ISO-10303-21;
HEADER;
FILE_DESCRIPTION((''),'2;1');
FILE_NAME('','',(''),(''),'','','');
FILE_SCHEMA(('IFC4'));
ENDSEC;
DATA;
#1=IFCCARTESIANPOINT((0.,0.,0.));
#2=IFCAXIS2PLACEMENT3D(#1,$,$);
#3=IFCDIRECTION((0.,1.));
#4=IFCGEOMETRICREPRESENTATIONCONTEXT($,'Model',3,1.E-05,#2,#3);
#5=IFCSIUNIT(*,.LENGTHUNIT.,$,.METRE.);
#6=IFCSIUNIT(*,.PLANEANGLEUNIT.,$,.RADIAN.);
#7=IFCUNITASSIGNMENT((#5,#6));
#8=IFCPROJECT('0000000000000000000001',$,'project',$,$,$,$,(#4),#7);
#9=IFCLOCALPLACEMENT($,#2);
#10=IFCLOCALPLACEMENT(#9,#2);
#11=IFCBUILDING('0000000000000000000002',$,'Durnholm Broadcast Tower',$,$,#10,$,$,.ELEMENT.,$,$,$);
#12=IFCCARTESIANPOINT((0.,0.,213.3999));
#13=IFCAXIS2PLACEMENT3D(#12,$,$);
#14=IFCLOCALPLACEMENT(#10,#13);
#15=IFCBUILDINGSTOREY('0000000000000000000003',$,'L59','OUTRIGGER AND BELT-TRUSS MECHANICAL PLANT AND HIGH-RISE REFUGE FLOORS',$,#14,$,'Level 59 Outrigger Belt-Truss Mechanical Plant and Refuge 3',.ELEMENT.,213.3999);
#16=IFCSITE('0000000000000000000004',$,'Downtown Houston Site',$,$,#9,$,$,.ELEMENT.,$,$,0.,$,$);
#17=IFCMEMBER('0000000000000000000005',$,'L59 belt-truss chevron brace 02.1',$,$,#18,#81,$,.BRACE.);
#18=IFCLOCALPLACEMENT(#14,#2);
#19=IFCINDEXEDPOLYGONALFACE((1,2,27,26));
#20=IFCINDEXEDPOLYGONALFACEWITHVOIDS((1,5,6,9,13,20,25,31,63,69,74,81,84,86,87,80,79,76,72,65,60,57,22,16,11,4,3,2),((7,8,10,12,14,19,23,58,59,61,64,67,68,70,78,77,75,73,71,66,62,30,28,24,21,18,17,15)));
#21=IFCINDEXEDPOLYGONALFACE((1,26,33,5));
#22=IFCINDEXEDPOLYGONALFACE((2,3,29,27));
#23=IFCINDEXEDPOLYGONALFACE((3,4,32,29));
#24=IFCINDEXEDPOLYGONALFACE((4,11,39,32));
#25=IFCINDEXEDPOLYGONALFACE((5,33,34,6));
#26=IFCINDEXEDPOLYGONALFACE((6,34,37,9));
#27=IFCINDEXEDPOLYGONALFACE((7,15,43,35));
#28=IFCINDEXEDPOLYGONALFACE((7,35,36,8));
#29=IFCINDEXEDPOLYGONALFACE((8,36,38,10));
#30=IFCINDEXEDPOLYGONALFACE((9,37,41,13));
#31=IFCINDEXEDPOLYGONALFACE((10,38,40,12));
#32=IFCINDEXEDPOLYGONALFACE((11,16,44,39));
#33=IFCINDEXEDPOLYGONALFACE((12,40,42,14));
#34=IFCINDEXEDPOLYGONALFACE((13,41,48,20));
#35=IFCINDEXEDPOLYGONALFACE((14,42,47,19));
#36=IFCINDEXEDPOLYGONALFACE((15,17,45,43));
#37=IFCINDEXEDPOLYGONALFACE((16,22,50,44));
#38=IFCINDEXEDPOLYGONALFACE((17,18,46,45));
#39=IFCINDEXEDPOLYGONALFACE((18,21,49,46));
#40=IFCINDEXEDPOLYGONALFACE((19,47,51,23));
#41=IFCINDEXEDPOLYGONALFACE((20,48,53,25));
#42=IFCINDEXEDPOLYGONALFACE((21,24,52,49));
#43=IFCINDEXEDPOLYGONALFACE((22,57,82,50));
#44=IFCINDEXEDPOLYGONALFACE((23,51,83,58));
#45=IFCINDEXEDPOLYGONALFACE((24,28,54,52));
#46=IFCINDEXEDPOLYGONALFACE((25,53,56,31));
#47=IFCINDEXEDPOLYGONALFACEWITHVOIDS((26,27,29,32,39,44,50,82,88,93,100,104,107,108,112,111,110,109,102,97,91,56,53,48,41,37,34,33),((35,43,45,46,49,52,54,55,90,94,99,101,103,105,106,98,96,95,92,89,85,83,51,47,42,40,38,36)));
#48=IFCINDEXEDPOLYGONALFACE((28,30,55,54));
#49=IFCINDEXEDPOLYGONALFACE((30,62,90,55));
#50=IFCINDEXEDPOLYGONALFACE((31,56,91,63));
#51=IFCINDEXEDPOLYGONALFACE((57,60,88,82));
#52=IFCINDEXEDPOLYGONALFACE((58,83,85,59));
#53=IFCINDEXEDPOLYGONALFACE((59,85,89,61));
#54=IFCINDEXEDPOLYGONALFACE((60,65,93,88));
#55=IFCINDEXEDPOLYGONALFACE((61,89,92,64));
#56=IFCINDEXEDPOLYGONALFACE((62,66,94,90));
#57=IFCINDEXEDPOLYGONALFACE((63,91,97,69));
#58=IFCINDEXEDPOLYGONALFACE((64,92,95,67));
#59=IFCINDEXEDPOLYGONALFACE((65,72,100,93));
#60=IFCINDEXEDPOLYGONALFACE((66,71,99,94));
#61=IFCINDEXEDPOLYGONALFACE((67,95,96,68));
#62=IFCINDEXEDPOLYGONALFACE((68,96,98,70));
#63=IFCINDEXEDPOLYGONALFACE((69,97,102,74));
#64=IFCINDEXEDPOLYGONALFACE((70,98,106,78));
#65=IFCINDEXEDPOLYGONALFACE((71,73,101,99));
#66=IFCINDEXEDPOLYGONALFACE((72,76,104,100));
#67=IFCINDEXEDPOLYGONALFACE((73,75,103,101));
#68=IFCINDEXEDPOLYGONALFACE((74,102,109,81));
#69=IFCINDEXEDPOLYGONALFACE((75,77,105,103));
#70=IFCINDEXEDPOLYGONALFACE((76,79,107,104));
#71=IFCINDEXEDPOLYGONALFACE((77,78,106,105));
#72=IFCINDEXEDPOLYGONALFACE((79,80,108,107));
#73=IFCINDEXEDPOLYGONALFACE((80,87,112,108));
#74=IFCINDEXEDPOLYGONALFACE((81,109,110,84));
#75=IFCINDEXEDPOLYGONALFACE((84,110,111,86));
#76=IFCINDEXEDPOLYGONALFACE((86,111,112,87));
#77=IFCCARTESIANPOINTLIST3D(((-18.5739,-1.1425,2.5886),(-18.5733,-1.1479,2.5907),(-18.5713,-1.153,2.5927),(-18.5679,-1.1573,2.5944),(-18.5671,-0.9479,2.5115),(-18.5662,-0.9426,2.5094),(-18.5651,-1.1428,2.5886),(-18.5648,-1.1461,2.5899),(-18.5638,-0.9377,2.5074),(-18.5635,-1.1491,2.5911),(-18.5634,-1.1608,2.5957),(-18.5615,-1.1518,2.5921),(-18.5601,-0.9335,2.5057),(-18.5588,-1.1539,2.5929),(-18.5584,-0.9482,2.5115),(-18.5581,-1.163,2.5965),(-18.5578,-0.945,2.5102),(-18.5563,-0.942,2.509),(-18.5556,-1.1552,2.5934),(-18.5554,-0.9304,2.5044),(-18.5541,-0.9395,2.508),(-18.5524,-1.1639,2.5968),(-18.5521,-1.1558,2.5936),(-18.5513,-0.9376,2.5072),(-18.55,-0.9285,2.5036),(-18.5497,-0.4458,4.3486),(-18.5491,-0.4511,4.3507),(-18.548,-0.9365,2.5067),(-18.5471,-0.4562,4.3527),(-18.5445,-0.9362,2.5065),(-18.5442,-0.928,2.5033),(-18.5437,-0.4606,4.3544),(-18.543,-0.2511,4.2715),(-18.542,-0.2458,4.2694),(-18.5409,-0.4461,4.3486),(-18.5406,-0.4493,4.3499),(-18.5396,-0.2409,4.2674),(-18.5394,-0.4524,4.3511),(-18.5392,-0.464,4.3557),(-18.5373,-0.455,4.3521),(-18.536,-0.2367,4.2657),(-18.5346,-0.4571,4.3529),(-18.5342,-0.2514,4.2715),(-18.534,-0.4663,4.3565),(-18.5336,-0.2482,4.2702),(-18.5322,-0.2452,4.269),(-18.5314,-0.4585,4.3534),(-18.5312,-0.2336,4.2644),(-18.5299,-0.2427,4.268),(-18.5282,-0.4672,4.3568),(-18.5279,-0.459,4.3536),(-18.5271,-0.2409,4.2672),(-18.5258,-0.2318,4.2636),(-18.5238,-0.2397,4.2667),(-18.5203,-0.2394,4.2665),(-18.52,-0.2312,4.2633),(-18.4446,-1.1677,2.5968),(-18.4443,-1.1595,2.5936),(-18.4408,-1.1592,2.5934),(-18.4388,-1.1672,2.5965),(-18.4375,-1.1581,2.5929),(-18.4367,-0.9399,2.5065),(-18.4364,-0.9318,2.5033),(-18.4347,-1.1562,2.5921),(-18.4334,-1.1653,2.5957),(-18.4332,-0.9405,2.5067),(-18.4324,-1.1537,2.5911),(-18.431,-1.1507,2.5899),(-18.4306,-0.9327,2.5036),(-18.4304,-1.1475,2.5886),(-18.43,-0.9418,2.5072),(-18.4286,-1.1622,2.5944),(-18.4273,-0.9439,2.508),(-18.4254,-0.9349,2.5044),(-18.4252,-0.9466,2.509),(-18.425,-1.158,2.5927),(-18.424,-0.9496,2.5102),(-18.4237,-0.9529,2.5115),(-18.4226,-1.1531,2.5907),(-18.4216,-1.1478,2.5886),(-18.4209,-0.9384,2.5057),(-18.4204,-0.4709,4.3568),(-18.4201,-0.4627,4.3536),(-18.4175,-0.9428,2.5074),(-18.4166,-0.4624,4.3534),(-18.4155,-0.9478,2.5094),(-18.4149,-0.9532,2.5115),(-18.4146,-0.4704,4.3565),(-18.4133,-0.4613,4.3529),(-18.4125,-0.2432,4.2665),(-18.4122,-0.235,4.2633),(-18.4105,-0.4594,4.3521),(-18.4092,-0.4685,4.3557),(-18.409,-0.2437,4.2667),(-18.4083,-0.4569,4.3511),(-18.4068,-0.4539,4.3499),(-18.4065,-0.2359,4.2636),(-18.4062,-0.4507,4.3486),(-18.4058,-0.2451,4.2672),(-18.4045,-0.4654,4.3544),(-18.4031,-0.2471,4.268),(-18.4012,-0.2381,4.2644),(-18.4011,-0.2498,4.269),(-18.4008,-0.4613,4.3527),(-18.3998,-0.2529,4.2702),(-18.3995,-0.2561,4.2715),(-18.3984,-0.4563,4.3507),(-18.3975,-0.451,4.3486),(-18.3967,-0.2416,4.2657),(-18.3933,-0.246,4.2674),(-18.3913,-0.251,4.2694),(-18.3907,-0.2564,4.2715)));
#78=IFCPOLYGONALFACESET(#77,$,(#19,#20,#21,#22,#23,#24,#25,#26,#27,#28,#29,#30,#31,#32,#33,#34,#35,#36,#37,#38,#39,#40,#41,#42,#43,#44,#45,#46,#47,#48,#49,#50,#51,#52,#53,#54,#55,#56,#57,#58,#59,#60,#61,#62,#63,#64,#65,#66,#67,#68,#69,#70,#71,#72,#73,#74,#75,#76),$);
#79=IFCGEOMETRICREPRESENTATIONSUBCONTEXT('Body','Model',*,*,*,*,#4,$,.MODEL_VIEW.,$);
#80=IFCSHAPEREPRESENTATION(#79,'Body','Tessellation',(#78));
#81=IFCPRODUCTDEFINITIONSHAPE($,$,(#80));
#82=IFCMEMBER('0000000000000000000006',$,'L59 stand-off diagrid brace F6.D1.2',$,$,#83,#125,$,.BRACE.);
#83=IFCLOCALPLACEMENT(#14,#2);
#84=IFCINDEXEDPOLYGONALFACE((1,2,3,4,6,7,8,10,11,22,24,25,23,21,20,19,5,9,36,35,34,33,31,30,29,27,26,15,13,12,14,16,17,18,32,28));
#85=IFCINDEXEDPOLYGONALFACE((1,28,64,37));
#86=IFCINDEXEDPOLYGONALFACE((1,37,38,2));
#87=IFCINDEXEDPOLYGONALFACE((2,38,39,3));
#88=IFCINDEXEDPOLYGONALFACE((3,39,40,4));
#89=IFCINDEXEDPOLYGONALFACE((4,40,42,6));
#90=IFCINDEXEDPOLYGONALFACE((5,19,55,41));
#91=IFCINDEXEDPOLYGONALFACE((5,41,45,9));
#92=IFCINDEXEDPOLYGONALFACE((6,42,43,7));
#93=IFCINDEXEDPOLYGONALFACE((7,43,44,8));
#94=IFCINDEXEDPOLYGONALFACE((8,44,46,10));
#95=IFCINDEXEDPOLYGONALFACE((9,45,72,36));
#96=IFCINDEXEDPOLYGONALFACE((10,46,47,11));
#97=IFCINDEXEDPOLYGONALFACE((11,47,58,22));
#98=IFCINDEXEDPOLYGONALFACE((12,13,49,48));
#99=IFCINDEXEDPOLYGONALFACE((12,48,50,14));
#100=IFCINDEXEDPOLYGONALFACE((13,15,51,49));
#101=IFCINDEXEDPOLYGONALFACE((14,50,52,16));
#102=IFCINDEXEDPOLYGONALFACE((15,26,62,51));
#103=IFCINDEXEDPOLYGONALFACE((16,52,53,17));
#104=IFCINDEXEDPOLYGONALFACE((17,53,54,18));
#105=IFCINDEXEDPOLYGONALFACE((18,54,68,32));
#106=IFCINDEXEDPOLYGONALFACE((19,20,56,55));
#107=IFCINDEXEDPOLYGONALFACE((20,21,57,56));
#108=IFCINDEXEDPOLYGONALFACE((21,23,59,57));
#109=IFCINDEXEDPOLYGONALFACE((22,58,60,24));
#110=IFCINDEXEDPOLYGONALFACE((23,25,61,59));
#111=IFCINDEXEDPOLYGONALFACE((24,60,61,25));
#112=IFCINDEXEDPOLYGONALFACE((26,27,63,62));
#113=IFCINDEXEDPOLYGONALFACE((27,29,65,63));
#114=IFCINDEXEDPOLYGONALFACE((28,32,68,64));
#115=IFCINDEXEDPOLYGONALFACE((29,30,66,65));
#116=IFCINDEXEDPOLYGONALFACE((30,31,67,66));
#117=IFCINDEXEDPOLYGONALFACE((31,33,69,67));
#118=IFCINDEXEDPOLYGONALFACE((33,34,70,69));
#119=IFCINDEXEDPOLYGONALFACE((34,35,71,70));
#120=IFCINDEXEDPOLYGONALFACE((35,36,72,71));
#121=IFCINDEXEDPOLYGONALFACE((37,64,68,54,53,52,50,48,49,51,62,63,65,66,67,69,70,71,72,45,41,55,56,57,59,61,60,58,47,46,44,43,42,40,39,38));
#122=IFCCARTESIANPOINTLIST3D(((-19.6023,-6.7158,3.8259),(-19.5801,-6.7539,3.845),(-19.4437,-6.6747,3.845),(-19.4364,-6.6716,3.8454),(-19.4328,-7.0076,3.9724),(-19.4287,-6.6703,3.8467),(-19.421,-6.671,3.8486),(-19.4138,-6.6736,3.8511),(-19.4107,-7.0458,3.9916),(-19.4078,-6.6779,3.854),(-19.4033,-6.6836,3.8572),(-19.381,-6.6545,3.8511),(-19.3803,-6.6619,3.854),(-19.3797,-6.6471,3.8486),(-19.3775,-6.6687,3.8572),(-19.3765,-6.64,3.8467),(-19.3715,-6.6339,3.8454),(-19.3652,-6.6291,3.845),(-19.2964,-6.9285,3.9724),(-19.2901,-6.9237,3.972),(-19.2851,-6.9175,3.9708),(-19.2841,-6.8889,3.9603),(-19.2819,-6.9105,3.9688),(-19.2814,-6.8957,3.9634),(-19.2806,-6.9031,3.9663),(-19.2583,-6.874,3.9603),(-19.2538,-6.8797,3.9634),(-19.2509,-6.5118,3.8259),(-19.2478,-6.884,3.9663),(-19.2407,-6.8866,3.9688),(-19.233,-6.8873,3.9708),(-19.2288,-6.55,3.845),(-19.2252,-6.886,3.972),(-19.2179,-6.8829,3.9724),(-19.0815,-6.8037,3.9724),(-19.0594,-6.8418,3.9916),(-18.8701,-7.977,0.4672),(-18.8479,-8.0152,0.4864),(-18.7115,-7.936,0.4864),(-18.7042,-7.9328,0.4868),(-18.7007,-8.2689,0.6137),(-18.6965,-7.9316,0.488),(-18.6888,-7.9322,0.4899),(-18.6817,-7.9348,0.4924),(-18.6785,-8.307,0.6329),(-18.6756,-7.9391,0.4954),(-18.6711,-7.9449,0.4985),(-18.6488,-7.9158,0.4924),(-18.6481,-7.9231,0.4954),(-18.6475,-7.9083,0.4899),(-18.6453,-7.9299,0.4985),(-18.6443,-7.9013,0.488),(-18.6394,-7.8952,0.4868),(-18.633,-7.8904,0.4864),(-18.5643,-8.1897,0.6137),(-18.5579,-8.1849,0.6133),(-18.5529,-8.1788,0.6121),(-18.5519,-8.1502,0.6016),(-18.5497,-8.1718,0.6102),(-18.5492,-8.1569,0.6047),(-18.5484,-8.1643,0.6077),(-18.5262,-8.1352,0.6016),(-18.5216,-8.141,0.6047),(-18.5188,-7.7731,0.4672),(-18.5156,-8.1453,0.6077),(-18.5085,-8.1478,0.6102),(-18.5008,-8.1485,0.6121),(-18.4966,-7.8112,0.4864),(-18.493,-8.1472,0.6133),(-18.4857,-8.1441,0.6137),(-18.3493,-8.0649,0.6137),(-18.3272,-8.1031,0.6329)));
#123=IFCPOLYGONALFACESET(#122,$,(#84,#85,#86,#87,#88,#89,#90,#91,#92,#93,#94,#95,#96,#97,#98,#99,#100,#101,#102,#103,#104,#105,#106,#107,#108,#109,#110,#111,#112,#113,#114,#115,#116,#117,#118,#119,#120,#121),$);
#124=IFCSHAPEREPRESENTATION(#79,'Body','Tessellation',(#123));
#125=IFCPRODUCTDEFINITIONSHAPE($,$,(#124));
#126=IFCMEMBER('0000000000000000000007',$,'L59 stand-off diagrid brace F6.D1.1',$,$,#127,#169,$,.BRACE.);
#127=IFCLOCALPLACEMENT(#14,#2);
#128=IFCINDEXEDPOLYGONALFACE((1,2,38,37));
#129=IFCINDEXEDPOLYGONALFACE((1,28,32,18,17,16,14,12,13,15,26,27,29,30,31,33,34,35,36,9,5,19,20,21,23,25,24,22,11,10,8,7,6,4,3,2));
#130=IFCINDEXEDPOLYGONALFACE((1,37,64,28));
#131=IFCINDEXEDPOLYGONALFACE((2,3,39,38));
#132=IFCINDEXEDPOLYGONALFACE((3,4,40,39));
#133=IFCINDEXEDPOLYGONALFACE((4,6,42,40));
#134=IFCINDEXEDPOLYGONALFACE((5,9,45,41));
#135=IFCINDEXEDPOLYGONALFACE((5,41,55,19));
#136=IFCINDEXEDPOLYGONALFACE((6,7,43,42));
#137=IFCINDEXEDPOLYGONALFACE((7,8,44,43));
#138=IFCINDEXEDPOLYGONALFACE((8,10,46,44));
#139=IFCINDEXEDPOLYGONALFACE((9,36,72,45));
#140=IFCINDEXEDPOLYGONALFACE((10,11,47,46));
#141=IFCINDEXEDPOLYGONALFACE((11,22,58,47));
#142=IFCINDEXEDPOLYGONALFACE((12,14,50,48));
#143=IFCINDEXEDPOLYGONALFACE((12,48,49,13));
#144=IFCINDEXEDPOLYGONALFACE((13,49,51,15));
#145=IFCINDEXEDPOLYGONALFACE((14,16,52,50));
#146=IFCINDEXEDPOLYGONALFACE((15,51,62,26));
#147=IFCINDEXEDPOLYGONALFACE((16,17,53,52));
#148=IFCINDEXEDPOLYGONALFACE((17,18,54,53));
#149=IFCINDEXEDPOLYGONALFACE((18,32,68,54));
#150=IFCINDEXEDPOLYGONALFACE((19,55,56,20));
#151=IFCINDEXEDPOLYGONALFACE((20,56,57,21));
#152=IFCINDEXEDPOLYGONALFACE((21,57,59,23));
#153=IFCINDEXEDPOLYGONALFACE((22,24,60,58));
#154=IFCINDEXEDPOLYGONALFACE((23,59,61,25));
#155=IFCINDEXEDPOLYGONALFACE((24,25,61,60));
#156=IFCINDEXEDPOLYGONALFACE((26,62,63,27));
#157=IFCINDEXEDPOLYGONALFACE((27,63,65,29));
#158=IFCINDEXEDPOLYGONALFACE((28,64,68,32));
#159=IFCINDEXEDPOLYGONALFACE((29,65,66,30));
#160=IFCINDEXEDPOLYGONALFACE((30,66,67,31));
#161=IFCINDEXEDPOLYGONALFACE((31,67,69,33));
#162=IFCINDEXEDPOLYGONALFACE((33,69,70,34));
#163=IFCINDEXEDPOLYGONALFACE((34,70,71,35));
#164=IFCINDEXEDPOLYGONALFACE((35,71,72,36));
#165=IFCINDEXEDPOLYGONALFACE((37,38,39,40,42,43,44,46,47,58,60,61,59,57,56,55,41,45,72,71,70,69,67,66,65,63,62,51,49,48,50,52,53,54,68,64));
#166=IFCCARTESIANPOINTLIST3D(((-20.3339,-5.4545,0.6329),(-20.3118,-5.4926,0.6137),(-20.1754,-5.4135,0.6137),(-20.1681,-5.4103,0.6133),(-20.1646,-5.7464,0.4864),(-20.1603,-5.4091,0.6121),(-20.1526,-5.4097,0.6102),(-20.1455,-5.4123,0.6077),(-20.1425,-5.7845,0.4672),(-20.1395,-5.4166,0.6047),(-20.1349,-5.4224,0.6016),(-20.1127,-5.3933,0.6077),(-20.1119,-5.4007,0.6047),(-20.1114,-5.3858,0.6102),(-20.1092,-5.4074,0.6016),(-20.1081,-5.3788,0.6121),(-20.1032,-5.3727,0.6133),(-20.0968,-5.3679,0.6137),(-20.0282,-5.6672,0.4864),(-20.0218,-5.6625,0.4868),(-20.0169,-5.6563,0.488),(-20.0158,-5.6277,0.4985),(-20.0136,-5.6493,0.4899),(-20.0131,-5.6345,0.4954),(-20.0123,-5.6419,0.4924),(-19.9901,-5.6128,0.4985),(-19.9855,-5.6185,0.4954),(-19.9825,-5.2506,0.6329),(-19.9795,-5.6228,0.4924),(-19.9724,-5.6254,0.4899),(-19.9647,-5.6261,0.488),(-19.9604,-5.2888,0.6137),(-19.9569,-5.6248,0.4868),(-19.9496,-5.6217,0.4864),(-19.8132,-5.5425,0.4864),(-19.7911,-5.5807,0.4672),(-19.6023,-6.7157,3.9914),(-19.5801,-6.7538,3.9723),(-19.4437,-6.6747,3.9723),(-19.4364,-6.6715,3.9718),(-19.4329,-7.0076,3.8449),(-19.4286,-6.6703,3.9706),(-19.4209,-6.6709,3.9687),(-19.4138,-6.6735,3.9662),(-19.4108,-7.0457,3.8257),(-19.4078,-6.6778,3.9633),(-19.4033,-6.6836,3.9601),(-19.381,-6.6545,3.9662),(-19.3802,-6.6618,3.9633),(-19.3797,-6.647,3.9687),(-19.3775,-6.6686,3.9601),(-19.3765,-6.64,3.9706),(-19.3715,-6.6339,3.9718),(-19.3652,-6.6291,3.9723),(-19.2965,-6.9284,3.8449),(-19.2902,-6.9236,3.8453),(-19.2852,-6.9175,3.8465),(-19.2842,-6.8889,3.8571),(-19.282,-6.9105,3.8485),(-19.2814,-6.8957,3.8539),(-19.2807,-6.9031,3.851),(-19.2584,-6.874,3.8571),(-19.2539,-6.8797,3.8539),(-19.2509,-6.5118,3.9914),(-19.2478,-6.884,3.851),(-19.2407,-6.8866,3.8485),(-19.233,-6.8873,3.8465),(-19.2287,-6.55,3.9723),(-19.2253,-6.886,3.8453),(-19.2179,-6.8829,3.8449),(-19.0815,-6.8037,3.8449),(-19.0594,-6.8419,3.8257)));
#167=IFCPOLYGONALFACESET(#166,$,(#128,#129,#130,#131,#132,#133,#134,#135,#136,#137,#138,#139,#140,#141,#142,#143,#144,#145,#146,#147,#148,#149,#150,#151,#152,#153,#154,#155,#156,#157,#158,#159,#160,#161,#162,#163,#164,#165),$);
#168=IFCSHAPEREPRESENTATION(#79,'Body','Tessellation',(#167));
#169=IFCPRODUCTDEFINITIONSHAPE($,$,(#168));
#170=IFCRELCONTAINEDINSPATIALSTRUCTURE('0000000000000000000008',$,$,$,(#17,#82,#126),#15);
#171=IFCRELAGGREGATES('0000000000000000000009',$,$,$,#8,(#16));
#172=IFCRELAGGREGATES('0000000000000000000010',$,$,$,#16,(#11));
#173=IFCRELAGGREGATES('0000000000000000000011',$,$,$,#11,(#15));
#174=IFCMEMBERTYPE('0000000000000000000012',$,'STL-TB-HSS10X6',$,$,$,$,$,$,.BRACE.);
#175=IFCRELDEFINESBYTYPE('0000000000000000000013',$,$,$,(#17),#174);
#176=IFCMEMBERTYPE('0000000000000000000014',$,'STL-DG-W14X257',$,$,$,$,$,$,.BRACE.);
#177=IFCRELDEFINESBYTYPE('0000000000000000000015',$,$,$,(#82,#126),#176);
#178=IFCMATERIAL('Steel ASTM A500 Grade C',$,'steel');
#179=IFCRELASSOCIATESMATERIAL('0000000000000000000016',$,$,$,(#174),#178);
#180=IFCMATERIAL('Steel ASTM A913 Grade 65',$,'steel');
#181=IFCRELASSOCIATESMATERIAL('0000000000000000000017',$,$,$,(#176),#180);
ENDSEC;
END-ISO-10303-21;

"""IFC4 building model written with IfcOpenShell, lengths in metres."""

from ifc_helpers import new_model, si_unit, direction, frame, origin, origin_2d, place, context, subcontext, project, spatial, hollow_rectangle, i_section, extrude, source, transform, mapped, material, material_profile, profile_set, type_object, type_shapes, element, save


model = new_model("IFC4")

# Units and contexts
model_context = context("Model", 3, precision=1e-05, world=origin(), true_north=direction((0.0, 1.0)))
body_context = subcontext(model_context, "Body", "Model", "MODEL_VIEW")
ifc_project = project(units=[si_unit("LENGTHUNIT", "METRE"), si_unit("PLANEANGLEUNIT", "RADIAN")], contexts=[model_context])

# Site, building, storey
site_placement = place(None, origin())
site = spatial("IfcSite", under=ifc_project, at=site_placement, Name="Downtown Houston Site", CompositionType="ELEMENT", RefElevation=0.0)
building_placement = place(site_placement, origin())
building = spatial("IfcBuilding", under=site, at=building_placement, Name="Durnholm Broadcast Tower", CompositionType="ELEMENT")
storey_placement = place(building_placement, frame((0.0, 0.0, 213.3999)))
storey = spatial("IfcBuildingStorey", under=building, at=storey_placement, Name="L59", Description="OUTRIGGER AND BELT-TRUSS MECHANICAL PLANT AND HIGH-RISE REFUGE FLOORS", LongName="Level 59 Outrigger Belt-Truss Mechanical Plant and Refuge 3", CompositionType="ELEMENT", Elevation=213.3999)

# Members
ifc_material_1 = material(Name="Steel ASTM A500 Grade C", Category="steel")
ifc_material_profile_1 = material_profile(ifc_material_1, hollow_rectangle(XDim=0.1523, YDim=0.2539, WallThickness=0.0088, InnerFilletRadius=0.0134, OuterFilletRadius=0.0222, at=origin_2d()), Name="HSS10X6X3/8")
ifc_profile_set_1 = profile_set([ifc_material_profile_1], Name="Steel ASTM A500 Grade C")
member_type_1 = type_object("IfcMemberType", Name="STL-TB-HSS10X6", PredefinedType="BRACE", material=ifc_profile_set_1)
shared_shape_1 = source(origin(), body_context, "Body", "SweptSolid", [
    extrude(hollow_rectangle(XDim=0.1523, YDim=0.2539, WallThickness=0.0088, InnerFilletRadius=0.0134, OuterFilletRadius=0.0222, at=origin_2d()), origin(), (0.0, 0.0, 1.0), 1.8931),
])
type_shapes(member_type_1, [shared_shape_1])
member_1_placement = place(storey_placement, frame((-18.4944, -1.0479, 2.55), z_axis=(0.012768, 0.368067, 0.929712), x_axis=(-0.999399, 0.034667, 0.0)))
element("IfcMember", 1, at=member_1_placement, inside=storey, type_object=member_type_1, Name="L59 belt-truss chevron brace 02.1", PredefinedType="BRACE", context=body_context, shape_type="MappedRepresentation", body=[
    mapped(shared_shape_1, transform((0.0, 0.0, 0.0), x_axis=(1.0, 0.0, 0.0), y_axis=(0.0, 1.0, 0.0), z_axis=(0.0, 0.0, 1.0), scale=1.0)),
])
ifc_material_2 = material(Name="Steel ASTM A913 Grade 65", Category="steel")
ifc_material_profile_2 = material_profile(ifc_material_2, i_section(OverallWidth=0.4062, OverallDepth=0.416, WebThickness=0.0298, FlangeThickness=0.0481, FilletRadius=0.0305, at=origin_2d()), Name="W14X257")
ifc_profile_set_2 = profile_set([ifc_material_profile_2], Name="Steel ASTM A913 Grade 65")
member_type_2 = type_object("IfcMemberType", Name="STL-DG-W14X257", PredefinedType="BRACE", material=ifc_profile_set_2)
shared_shape_2 = source(origin(), body_context, "Body", "SweptSolid", [
    extrude(i_section(OverallWidth=0.4062, OverallDepth=0.416, WebThickness=0.0298, FlangeThickness=0.0481, FilletRadius=0.0305, at=origin_2d()), origin(), (0.0, 0.0, 1.0), 3.6616),
])
member_2_placement = place(storey_placement, frame((-18.5986, -8.04, 0.55), z_axis=(-0.199962, 0.344449, 0.917263), x_axis=(-0.864833, -0.502059, 0.0)))
element("IfcMember", 2, at=member_2_placement, inside=storey, type_object=member_type_2, Name="L59 stand-off diagrid brace F6.D1.2", PredefinedType="BRACE", context=body_context, shape_type="MappedRepresentation", body=[
    mapped(shared_shape_2, transform((0.0, 0.0, 0.0), x_axis=(1.0, 0.0, 0.0), y_axis=(0.0, 1.0, 0.0), z_axis=(0.0, 0.0, 1.0), scale=1.0)),
])
shared_shape_3 = source(origin(), body_context, "Body", "SweptSolid", [
    extrude(i_section(OverallWidth=0.4062, OverallDepth=0.416, WebThickness=0.0298, FlangeThickness=0.0481, FilletRadius=0.0305, at=origin_2d()), origin(), (0.0, 0.0, 1.0), 3.6614),
])
type_shapes(member_type_2, [shared_shape_2, shared_shape_3])
member_3_placement = place(storey_placement, frame((-20.0625, -5.5176, 0.55), z_axis=(0.199833, -0.344458, 0.917287), x_axis=(0.864979, 0.501808, 0.0)))
element("IfcMember", 3, at=member_3_placement, inside=storey, type_object=member_type_2, Name="L59 stand-off diagrid brace F6.D1.1", PredefinedType="BRACE", context=body_context, shape_type="MappedRepresentation", body=[
    mapped(shared_shape_3, transform((0.0, 0.0, 0.0), x_axis=(1.0, 0.0, 0.0), y_axis=(0.0, 1.0, 0.0), z_axis=(0.0, 0.0, 1.0), scale=1.0)),
])

save(model, "model.ifc")
